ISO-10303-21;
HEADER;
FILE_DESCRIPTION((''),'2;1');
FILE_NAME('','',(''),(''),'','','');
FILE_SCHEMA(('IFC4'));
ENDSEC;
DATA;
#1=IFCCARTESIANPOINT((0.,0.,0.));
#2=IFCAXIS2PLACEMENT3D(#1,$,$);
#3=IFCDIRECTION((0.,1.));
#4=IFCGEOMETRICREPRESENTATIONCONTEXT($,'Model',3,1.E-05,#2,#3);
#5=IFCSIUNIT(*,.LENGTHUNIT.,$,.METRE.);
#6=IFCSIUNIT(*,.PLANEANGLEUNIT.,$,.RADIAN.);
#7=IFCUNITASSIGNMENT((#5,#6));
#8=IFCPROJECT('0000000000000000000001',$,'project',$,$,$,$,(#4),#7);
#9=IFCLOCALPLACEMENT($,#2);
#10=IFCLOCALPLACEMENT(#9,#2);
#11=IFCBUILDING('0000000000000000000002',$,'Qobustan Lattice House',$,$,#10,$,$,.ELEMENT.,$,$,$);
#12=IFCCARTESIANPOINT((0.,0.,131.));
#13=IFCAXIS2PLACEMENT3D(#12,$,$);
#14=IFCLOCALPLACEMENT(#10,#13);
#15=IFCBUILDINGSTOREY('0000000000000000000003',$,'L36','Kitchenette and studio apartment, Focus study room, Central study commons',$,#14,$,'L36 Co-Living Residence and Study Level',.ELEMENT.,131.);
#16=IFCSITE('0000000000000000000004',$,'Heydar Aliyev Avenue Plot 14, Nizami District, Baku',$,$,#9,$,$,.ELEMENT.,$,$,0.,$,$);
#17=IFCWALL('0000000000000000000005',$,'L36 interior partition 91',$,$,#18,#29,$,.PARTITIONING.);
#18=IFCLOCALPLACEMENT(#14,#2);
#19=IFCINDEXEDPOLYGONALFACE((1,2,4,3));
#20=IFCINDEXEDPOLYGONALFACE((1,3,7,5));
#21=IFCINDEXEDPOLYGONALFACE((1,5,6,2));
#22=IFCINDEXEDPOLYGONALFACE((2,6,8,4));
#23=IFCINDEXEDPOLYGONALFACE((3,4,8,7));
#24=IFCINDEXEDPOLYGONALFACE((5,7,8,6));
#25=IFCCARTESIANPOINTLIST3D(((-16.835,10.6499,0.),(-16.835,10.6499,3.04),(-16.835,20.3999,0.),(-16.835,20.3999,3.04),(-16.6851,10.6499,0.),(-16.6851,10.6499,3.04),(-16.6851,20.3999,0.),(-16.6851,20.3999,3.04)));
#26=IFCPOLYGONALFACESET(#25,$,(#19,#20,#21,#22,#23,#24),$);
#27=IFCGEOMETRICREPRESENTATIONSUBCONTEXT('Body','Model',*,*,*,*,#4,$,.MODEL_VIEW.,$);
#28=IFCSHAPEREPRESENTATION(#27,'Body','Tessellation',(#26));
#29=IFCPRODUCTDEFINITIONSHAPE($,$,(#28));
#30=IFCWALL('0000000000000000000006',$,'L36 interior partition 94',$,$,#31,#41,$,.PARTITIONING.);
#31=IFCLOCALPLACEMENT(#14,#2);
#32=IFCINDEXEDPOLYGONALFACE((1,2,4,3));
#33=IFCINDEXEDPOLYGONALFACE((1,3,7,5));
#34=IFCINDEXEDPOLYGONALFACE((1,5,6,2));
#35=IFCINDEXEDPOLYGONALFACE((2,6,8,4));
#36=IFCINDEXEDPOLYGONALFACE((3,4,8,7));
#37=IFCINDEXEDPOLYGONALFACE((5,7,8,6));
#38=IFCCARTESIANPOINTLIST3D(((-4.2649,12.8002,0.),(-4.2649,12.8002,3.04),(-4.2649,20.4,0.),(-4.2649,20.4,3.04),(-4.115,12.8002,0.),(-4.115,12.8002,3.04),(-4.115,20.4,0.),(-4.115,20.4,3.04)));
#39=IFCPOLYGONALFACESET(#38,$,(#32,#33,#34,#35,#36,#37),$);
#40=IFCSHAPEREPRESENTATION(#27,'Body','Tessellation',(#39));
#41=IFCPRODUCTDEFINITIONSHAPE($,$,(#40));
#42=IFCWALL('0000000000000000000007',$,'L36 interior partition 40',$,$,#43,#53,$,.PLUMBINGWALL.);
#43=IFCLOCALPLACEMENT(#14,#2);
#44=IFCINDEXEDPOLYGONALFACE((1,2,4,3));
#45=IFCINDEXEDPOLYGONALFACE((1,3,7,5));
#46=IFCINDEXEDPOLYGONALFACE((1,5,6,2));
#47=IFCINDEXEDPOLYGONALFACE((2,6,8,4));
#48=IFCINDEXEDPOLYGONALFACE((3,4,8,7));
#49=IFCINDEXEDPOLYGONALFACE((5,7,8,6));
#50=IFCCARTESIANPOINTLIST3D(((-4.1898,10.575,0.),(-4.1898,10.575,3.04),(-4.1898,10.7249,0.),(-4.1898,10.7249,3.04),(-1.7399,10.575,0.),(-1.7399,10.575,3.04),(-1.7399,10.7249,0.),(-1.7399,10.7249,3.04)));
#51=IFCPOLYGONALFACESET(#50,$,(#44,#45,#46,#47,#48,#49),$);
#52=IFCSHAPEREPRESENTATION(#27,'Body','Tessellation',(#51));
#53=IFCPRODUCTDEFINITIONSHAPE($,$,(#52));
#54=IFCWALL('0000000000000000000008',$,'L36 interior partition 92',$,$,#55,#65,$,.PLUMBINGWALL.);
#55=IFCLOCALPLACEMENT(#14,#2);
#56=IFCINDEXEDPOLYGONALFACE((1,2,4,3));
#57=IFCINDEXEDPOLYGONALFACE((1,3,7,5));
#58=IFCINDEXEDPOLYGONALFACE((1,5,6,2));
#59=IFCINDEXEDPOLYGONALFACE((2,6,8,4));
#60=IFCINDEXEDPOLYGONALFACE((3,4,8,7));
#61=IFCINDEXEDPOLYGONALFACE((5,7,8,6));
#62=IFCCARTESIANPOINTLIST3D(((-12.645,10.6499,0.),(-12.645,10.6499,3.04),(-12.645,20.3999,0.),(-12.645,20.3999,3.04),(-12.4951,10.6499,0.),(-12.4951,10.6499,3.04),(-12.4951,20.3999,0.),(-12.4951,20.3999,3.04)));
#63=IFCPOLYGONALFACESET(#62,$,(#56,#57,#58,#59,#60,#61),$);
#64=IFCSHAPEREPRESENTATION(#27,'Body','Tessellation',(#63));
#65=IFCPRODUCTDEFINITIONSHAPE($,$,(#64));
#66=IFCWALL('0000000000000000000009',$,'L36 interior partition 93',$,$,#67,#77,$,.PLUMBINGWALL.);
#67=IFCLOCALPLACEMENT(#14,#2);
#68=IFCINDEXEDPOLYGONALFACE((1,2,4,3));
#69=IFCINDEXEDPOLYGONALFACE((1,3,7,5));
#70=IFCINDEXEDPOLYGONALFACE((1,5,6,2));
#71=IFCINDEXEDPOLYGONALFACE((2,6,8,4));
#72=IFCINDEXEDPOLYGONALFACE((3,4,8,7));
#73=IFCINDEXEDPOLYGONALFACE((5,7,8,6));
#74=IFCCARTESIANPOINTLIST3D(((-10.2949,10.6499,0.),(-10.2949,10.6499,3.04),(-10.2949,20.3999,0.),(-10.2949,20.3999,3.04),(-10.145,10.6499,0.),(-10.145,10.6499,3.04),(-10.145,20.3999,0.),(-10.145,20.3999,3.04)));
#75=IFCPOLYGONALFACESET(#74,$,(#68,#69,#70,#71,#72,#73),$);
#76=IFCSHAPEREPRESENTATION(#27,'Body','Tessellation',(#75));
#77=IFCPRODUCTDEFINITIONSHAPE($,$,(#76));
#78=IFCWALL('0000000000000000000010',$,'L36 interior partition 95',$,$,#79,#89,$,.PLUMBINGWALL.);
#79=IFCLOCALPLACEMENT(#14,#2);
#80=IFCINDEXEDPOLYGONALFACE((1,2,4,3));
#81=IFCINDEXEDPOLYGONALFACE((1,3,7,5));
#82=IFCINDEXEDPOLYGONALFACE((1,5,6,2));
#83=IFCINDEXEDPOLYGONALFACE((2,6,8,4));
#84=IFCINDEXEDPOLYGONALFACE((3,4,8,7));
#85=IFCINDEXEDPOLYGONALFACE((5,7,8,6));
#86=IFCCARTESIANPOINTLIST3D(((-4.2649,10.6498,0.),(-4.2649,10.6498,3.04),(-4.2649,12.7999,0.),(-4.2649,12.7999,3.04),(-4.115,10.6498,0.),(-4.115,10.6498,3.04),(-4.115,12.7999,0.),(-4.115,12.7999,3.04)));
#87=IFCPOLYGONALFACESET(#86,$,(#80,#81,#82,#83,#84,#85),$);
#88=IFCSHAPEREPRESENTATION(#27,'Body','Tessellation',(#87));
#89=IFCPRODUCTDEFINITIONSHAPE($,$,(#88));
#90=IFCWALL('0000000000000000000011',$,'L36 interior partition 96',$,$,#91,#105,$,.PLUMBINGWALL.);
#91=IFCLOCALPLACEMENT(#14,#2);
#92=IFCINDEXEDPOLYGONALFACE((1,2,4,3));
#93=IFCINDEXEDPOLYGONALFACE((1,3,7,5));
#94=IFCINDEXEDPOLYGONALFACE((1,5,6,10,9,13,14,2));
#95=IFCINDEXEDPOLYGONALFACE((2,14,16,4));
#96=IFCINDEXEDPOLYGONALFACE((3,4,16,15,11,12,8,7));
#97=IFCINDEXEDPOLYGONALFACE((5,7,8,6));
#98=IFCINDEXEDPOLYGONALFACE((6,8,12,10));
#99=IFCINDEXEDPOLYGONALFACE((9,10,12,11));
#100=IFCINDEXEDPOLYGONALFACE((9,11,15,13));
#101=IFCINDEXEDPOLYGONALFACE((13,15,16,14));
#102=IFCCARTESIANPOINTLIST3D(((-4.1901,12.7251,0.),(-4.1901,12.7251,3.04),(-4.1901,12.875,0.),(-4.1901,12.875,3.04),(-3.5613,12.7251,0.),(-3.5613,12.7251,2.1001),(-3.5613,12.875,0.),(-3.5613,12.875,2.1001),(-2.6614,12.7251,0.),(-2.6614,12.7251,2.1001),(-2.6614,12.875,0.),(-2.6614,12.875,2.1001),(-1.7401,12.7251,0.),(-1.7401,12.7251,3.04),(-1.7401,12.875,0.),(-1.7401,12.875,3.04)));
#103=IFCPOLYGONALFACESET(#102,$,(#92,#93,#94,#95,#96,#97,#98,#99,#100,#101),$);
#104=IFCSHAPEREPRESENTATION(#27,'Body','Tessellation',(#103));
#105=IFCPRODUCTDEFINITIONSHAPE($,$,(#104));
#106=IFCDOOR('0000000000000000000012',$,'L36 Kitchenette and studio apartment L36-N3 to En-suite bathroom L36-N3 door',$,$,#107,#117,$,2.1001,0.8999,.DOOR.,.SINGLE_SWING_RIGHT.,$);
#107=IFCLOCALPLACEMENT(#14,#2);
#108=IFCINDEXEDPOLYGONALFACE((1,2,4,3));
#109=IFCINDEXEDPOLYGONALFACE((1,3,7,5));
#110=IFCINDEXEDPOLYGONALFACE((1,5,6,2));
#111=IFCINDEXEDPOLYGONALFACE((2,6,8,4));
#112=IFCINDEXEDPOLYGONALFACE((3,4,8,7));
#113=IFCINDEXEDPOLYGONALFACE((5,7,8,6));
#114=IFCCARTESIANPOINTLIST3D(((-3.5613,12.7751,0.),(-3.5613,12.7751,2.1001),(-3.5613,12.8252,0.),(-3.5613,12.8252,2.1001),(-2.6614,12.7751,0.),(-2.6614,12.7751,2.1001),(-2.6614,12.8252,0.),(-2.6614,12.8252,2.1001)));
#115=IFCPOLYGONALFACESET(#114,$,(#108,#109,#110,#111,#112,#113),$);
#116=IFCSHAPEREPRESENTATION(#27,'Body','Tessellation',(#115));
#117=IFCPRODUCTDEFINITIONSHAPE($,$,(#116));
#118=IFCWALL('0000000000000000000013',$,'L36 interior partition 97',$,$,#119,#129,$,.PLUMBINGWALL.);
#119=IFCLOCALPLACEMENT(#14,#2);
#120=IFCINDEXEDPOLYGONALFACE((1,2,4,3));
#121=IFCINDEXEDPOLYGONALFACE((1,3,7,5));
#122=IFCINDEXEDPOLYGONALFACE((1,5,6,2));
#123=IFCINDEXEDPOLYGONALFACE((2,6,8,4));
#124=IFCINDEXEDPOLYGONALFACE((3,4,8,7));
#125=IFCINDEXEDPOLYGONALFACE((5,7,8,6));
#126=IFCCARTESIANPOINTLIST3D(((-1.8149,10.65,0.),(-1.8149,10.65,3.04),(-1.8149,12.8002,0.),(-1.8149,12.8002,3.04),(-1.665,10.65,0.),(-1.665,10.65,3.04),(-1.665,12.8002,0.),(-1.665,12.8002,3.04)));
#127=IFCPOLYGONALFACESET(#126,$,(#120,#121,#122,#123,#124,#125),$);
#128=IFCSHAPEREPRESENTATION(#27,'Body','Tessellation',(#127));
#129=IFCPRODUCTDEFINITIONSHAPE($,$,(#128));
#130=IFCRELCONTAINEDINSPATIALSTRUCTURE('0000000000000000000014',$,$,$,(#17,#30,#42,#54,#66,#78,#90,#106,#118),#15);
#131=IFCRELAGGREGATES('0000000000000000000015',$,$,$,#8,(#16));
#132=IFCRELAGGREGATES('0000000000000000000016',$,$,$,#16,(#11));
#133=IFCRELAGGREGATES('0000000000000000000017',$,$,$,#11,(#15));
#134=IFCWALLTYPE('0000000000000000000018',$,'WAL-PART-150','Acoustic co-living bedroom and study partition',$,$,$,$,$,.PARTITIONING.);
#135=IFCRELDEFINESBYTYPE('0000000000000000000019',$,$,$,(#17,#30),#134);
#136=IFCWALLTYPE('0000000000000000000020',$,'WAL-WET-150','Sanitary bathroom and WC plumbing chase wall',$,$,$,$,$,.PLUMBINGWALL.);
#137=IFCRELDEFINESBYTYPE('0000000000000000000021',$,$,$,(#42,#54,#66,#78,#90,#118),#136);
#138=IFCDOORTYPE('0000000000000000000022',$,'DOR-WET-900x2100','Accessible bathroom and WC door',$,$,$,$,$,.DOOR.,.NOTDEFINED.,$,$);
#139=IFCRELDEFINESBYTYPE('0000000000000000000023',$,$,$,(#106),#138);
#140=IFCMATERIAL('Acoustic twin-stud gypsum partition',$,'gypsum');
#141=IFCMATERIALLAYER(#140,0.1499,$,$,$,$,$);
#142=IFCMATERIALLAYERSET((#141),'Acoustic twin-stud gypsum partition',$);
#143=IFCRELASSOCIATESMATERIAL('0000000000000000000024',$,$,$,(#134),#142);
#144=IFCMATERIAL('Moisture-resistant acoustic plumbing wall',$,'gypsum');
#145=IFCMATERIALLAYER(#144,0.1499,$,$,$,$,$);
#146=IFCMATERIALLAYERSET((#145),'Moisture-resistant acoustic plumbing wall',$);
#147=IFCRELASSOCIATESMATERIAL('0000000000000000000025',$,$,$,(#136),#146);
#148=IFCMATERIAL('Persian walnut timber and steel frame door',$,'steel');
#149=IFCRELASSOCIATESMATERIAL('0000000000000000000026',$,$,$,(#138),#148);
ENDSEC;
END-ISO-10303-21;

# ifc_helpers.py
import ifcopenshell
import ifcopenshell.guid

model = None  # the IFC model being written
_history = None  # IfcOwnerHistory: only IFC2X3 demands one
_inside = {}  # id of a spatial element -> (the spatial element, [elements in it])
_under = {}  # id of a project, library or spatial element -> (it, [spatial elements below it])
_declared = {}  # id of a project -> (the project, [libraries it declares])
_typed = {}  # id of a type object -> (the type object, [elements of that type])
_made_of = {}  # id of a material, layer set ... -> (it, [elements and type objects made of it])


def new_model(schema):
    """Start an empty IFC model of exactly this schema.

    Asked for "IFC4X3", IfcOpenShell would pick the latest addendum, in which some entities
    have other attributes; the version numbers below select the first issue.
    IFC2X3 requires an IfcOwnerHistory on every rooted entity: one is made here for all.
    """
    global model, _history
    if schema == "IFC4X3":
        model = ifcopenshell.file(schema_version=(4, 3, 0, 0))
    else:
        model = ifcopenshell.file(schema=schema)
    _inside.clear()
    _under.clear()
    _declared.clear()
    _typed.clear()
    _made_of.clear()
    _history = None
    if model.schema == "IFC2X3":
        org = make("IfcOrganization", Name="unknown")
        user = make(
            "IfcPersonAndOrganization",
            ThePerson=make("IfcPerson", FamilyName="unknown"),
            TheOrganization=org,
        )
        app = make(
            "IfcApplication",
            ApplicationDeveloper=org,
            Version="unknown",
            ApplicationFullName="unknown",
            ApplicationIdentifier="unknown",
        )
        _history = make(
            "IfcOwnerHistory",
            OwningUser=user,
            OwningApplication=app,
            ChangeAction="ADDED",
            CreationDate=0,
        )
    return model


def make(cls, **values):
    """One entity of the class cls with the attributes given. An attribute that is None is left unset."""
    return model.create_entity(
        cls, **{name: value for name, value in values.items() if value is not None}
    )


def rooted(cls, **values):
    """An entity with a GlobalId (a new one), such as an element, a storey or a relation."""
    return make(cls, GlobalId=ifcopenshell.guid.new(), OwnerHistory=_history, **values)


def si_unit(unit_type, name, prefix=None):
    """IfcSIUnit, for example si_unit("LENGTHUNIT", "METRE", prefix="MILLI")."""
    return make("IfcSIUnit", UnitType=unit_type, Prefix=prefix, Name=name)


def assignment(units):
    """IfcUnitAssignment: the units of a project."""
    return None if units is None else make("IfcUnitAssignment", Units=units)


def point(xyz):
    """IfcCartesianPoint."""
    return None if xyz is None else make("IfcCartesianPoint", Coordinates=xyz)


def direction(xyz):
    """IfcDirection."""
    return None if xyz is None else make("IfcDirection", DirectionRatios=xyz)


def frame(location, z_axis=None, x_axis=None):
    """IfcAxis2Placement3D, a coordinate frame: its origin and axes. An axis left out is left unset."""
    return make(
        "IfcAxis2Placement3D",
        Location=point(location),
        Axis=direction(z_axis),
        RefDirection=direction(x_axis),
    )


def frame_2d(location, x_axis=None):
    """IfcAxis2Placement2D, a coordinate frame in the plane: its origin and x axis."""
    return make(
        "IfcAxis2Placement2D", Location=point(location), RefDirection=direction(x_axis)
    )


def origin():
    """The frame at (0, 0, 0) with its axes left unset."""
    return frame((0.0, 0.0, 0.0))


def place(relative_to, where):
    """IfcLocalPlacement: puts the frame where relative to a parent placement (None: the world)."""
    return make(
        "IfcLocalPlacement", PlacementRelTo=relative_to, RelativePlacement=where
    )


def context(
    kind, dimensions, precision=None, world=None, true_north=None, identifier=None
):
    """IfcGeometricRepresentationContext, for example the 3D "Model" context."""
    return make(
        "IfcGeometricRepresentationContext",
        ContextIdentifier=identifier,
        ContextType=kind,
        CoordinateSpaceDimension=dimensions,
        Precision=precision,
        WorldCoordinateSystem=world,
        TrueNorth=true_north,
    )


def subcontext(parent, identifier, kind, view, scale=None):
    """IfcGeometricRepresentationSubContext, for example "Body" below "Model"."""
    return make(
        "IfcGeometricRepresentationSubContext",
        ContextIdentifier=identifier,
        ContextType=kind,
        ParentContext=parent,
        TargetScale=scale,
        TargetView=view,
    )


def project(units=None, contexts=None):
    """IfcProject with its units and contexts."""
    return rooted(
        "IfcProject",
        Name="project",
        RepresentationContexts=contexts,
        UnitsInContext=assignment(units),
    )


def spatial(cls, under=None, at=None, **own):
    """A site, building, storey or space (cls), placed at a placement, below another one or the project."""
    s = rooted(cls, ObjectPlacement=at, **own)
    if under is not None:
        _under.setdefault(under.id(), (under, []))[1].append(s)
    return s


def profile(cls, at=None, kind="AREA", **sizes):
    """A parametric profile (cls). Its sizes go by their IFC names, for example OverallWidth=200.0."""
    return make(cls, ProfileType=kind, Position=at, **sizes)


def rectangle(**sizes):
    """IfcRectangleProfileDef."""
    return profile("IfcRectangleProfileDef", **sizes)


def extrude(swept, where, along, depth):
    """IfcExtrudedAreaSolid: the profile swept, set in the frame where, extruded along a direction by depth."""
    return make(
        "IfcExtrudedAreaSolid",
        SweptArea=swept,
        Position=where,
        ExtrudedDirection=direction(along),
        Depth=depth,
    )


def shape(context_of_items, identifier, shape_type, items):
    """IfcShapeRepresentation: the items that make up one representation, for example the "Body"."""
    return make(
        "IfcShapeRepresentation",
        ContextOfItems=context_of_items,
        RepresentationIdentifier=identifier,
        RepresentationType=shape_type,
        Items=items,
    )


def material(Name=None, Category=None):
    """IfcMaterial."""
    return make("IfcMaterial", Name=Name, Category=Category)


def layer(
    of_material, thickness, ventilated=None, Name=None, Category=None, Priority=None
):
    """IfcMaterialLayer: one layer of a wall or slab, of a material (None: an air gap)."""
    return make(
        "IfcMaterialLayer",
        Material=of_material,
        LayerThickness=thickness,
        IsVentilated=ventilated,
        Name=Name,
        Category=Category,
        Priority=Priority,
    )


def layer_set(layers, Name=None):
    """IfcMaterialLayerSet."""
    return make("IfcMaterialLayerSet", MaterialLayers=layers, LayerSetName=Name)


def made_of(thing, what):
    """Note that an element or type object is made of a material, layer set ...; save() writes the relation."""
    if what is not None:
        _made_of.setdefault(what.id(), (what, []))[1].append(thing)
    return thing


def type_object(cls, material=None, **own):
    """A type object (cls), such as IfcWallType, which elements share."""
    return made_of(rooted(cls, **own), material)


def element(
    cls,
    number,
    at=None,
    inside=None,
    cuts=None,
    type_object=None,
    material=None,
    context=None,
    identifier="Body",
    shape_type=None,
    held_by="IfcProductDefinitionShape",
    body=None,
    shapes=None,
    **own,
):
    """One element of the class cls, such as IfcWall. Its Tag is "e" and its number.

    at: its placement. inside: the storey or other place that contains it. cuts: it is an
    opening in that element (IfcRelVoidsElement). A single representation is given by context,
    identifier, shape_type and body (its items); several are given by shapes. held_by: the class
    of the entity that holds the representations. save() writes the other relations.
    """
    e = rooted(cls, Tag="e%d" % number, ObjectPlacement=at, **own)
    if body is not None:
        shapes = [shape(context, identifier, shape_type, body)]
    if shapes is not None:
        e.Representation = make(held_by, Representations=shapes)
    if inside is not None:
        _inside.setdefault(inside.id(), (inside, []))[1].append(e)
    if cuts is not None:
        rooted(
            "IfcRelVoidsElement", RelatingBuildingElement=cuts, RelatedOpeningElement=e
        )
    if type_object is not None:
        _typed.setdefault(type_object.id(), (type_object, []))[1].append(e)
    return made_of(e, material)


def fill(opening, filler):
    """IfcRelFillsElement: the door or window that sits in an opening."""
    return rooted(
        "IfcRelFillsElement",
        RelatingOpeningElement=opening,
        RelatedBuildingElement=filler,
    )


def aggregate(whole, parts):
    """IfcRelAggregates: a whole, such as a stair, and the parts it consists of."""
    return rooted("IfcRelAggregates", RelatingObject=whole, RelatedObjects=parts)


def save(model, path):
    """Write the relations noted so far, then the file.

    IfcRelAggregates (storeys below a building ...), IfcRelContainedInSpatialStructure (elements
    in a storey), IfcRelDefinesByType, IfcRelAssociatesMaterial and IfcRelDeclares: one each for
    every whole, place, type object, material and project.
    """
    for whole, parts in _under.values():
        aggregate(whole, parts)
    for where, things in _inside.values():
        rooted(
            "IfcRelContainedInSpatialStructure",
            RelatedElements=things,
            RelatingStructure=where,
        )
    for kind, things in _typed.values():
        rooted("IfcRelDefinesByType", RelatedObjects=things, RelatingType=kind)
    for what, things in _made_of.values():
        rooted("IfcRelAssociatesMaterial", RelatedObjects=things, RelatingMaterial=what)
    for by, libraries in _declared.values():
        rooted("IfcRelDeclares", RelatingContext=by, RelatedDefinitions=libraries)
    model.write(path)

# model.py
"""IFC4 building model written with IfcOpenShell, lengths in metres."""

from ifc_helpers import new_model, si_unit, direction, frame, frame_2d, origin, place, context, subcontext, project, spatial, rectangle, extrude, material, layer, layer_set, type_object, element, fill, save


model = new_model("IFC4")

# Units and contexts
model_context = context("Model", 3, precision=1e-05, world=origin(), true_north=direction((0.0, 1.0)))
body_context = subcontext(model_context, "Body", "Model", "MODEL_VIEW")
ifc_project = project(units=[si_unit("LENGTHUNIT", "METRE"), si_unit("PLANEANGLEUNIT", "RADIAN")], contexts=[model_context])

# Site, building, storey
site_placement = place(None, origin())
site = spatial("IfcSite", under=ifc_project, at=site_placement, Name="Heydar Aliyev Avenue Plot 14, Nizami District, Baku", CompositionType="ELEMENT", RefElevation=0.0)
building_placement = place(site_placement, origin())
building = spatial("IfcBuilding", under=site, at=building_placement, Name="Qobustan Lattice House", CompositionType="ELEMENT")
storey_placement = place(building_placement, frame((0.0, 0.0, 131.0)))
storey = spatial("IfcBuildingStorey", under=building, at=storey_placement, Name="L36", Description="Kitchenette and studio apartment, Focus study room, Central study commons", LongName="L36 Co-Living Residence and Study Level", CompositionType="ELEMENT", Elevation=131.0)

# Shared definitions
ifc_material_1 = material(Name="Acoustic twin-stud gypsum partition", Category="gypsum")
ifc_layer_1 = layer(ifc_material_1, 0.1499)
ifc_layer_set_1 = layer_set([ifc_layer_1], Name="Acoustic twin-stud gypsum partition")
wall_type_1 = type_object("IfcWallType", Name="WAL-PART-150", Description="Acoustic co-living bedroom and study partition", PredefinedType="PARTITIONING", material=ifc_layer_set_1)

# Walls
wall_1_placement = place(storey_placement, frame((-16.76, 20.3999, 0.0), z_axis=(0.0, 0.0, 1.0), x_axis=(0.0, -1.0, 0.0)))
element("IfcWall", 1, at=wall_1_placement, inside=storey, type_object=wall_type_1, Name="L36 interior partition 91", PredefinedType="PARTITIONING", context=body_context, shape_type="SweptSolid", body=[
    extrude(rectangle(XDim=9.75, YDim=0.1499, at=frame_2d((4.875, 0.0))), origin(), (0.0, 0.0, 1.0), 3.04),
])
wall_2_placement = place(storey_placement, frame((-4.1899, 20.3999, 0.0), z_axis=(0.0, 0.0, 1.0), x_axis=(0.0, -1.0, 0.0)))
element("IfcWall", 2, at=wall_2_placement, inside=storey, type_object=wall_type_1, Name="L36 interior partition 94", PredefinedType="PARTITIONING", context=body_context, shape_type="SweptSolid", body=[
    extrude(rectangle(XDim=7.5999, YDim=0.1499, at=frame_2d((3.7998, 0.0))), origin(), (0.0, 0.0, 1.0), 3.04),
])
ifc_material_2 = material(Name="Moisture-resistant acoustic plumbing wall", Category="gypsum")
ifc_layer_2 = layer(ifc_material_2, 0.1499)
ifc_layer_set_2 = layer_set([ifc_layer_2], Name="Moisture-resistant acoustic plumbing wall")
wall_type_2 = type_object("IfcWallType", Name="WAL-WET-150", Description="Sanitary bathroom and WC plumbing chase wall", PredefinedType="PLUMBINGWALL", material=ifc_layer_set_2)
wall_3_placement = place(storey_placement, frame((-4.1899, 10.6499, 0.0), z_axis=(0.0, 0.0, 1.0), x_axis=(1.0, 0.0, 0.0)))
element("IfcWall", 3, at=wall_3_placement, inside=storey, type_object=wall_type_2, Name="L36 interior partition 40", PredefinedType="PLUMBINGWALL", context=body_context, shape_type="SweptSolid", body=[
    extrude(rectangle(XDim=2.45, YDim=0.1499, at=frame_2d((1.2251, 0.0))), origin(), (0.0, 0.0, 1.0), 3.04),
])
for number, where, z_axis, x_axis, name in (
    (4, (-12.5701, 20.3999, 0.0), (0.0, 0.0, 1.0), (0.0, -1.0, 0.0), "L36 interior partition 92"),
    (5, (-10.22, 20.3999, 0.0), (0.0, 0.0, 1.0), (0.0, -1.0, 0.0), "L36 interior partition 93"),
):
    element("IfcWall", number, at=place(storey_placement, frame(where, z_axis=z_axis, x_axis=x_axis)), inside=storey, type_object=wall_type_2, Name=name, PredefinedType="PLUMBINGWALL", context=body_context, shape_type="SweptSolid", body=[
        extrude(rectangle(XDim=9.75, YDim=0.1499, at=frame_2d((4.875, 0.0))), origin(), (0.0, 0.0, 1.0), 3.04),
    ])
wall_4_placement = place(storey_placement, frame((-4.1899, 12.8, 0.0), z_axis=(0.0, 0.0, 1.0), x_axis=(0.0, -1.0, 0.0)))
element("IfcWall", 6, at=wall_4_placement, inside=storey, type_object=wall_type_2, Name="L36 interior partition 95", PredefinedType="PLUMBINGWALL", context=body_context, shape_type="SweptSolid", body=[
    extrude(rectangle(XDim=2.1501, YDim=0.1499, at=frame_2d((1.0752, 0.0))), origin(), (0.0, 0.0, 1.0), 3.04),
])

# Wall, opening, door
wall_5_placement = place(storey_placement, frame((-1.74, 12.8, 0.0), z_axis=(0.0, 0.0, 1.0), x_axis=(-1.0, 0.0, 0.0)))
wall_5 = element("IfcWall", 7, at=wall_5_placement, inside=storey, type_object=wall_type_2, Name="L36 interior partition 96", PredefinedType="PLUMBINGWALL", context=body_context, shape_type="SweptSolid", body=[
    extrude(rectangle(XDim=2.45, YDim=0.1499, at=frame_2d((1.2251, 0.0))), origin(), (0.0, 0.0, 1.0), 3.04),
])
opening_1_placement = place(wall_5_placement, frame((0.9214, 0.0, 0.0)))
opening_1 = element("IfcOpeningElement", 8, at=opening_1_placement, cuts=wall_5, PredefinedType="OPENING", context=body_context, shape_type="SweptSolid", body=[
    extrude(rectangle(XDim=0.8999, YDim=2.1001, at=frame_2d((0.45, 1.05))), frame((0.0, 0.085, 0.0), z_axis=(0.0, -1.0, 0.0), x_axis=(1.0, 0.0, 0.0)), (0.0, 0.0, 1.0), 0.1699),
])
ifc_material_3 = material(Name="Persian walnut timber and steel frame door", Category="steel")
door_type_1 = type_object("IfcDoorType", Name="DOR-WET-900x2100", Description="Accessible bathroom and WC door", OperationType="NOTDEFINED", PredefinedType="DOOR", material=ifc_material_3)
door_1_placement = place(opening_1_placement, origin())
door_1 = element("IfcDoor", 9, at=door_1_placement, inside=storey, type_object=door_type_1, Name="L36 Kitchenette and studio apartment L36-N3 to En-suite bathroom L36-N3 door", OperationType="SINGLE_SWING_RIGHT", OverallHeight=2.1001, OverallWidth=0.8999, PredefinedType="DOOR", context=body_context, shape_type="SweptSolid", body=[
    extrude(rectangle(XDim=0.8999, YDim=2.1001, at=frame_2d((0.45, 1.05))), frame((0.0, 0.0249, 0.0), z_axis=(0.0, -1.0, 0.0), x_axis=(1.0, 0.0, 0.0)), (0.0, 0.0, 1.0), 0.05),
])
fill(opening_1, door_1)

# Wall
wall_6_placement = place(storey_placement, frame((-1.74, 10.6499, 0.0), z_axis=(0.0, 0.0, 1.0), x_axis=(0.0, 1.0, 0.0)))
element("IfcWall", 10, at=wall_6_placement, inside=storey, type_object=wall_type_2, Name="L36 interior partition 97", PredefinedType="PLUMBINGWALL", context=body_context, shape_type="SweptSolid", body=[
    extrude(rectangle(XDim=2.1501, YDim=0.1499, at=frame_2d((1.0752, 0.0))), origin(), (0.0, 0.0, 1.0), 3.04),
])

save(model, "model.ifc")
